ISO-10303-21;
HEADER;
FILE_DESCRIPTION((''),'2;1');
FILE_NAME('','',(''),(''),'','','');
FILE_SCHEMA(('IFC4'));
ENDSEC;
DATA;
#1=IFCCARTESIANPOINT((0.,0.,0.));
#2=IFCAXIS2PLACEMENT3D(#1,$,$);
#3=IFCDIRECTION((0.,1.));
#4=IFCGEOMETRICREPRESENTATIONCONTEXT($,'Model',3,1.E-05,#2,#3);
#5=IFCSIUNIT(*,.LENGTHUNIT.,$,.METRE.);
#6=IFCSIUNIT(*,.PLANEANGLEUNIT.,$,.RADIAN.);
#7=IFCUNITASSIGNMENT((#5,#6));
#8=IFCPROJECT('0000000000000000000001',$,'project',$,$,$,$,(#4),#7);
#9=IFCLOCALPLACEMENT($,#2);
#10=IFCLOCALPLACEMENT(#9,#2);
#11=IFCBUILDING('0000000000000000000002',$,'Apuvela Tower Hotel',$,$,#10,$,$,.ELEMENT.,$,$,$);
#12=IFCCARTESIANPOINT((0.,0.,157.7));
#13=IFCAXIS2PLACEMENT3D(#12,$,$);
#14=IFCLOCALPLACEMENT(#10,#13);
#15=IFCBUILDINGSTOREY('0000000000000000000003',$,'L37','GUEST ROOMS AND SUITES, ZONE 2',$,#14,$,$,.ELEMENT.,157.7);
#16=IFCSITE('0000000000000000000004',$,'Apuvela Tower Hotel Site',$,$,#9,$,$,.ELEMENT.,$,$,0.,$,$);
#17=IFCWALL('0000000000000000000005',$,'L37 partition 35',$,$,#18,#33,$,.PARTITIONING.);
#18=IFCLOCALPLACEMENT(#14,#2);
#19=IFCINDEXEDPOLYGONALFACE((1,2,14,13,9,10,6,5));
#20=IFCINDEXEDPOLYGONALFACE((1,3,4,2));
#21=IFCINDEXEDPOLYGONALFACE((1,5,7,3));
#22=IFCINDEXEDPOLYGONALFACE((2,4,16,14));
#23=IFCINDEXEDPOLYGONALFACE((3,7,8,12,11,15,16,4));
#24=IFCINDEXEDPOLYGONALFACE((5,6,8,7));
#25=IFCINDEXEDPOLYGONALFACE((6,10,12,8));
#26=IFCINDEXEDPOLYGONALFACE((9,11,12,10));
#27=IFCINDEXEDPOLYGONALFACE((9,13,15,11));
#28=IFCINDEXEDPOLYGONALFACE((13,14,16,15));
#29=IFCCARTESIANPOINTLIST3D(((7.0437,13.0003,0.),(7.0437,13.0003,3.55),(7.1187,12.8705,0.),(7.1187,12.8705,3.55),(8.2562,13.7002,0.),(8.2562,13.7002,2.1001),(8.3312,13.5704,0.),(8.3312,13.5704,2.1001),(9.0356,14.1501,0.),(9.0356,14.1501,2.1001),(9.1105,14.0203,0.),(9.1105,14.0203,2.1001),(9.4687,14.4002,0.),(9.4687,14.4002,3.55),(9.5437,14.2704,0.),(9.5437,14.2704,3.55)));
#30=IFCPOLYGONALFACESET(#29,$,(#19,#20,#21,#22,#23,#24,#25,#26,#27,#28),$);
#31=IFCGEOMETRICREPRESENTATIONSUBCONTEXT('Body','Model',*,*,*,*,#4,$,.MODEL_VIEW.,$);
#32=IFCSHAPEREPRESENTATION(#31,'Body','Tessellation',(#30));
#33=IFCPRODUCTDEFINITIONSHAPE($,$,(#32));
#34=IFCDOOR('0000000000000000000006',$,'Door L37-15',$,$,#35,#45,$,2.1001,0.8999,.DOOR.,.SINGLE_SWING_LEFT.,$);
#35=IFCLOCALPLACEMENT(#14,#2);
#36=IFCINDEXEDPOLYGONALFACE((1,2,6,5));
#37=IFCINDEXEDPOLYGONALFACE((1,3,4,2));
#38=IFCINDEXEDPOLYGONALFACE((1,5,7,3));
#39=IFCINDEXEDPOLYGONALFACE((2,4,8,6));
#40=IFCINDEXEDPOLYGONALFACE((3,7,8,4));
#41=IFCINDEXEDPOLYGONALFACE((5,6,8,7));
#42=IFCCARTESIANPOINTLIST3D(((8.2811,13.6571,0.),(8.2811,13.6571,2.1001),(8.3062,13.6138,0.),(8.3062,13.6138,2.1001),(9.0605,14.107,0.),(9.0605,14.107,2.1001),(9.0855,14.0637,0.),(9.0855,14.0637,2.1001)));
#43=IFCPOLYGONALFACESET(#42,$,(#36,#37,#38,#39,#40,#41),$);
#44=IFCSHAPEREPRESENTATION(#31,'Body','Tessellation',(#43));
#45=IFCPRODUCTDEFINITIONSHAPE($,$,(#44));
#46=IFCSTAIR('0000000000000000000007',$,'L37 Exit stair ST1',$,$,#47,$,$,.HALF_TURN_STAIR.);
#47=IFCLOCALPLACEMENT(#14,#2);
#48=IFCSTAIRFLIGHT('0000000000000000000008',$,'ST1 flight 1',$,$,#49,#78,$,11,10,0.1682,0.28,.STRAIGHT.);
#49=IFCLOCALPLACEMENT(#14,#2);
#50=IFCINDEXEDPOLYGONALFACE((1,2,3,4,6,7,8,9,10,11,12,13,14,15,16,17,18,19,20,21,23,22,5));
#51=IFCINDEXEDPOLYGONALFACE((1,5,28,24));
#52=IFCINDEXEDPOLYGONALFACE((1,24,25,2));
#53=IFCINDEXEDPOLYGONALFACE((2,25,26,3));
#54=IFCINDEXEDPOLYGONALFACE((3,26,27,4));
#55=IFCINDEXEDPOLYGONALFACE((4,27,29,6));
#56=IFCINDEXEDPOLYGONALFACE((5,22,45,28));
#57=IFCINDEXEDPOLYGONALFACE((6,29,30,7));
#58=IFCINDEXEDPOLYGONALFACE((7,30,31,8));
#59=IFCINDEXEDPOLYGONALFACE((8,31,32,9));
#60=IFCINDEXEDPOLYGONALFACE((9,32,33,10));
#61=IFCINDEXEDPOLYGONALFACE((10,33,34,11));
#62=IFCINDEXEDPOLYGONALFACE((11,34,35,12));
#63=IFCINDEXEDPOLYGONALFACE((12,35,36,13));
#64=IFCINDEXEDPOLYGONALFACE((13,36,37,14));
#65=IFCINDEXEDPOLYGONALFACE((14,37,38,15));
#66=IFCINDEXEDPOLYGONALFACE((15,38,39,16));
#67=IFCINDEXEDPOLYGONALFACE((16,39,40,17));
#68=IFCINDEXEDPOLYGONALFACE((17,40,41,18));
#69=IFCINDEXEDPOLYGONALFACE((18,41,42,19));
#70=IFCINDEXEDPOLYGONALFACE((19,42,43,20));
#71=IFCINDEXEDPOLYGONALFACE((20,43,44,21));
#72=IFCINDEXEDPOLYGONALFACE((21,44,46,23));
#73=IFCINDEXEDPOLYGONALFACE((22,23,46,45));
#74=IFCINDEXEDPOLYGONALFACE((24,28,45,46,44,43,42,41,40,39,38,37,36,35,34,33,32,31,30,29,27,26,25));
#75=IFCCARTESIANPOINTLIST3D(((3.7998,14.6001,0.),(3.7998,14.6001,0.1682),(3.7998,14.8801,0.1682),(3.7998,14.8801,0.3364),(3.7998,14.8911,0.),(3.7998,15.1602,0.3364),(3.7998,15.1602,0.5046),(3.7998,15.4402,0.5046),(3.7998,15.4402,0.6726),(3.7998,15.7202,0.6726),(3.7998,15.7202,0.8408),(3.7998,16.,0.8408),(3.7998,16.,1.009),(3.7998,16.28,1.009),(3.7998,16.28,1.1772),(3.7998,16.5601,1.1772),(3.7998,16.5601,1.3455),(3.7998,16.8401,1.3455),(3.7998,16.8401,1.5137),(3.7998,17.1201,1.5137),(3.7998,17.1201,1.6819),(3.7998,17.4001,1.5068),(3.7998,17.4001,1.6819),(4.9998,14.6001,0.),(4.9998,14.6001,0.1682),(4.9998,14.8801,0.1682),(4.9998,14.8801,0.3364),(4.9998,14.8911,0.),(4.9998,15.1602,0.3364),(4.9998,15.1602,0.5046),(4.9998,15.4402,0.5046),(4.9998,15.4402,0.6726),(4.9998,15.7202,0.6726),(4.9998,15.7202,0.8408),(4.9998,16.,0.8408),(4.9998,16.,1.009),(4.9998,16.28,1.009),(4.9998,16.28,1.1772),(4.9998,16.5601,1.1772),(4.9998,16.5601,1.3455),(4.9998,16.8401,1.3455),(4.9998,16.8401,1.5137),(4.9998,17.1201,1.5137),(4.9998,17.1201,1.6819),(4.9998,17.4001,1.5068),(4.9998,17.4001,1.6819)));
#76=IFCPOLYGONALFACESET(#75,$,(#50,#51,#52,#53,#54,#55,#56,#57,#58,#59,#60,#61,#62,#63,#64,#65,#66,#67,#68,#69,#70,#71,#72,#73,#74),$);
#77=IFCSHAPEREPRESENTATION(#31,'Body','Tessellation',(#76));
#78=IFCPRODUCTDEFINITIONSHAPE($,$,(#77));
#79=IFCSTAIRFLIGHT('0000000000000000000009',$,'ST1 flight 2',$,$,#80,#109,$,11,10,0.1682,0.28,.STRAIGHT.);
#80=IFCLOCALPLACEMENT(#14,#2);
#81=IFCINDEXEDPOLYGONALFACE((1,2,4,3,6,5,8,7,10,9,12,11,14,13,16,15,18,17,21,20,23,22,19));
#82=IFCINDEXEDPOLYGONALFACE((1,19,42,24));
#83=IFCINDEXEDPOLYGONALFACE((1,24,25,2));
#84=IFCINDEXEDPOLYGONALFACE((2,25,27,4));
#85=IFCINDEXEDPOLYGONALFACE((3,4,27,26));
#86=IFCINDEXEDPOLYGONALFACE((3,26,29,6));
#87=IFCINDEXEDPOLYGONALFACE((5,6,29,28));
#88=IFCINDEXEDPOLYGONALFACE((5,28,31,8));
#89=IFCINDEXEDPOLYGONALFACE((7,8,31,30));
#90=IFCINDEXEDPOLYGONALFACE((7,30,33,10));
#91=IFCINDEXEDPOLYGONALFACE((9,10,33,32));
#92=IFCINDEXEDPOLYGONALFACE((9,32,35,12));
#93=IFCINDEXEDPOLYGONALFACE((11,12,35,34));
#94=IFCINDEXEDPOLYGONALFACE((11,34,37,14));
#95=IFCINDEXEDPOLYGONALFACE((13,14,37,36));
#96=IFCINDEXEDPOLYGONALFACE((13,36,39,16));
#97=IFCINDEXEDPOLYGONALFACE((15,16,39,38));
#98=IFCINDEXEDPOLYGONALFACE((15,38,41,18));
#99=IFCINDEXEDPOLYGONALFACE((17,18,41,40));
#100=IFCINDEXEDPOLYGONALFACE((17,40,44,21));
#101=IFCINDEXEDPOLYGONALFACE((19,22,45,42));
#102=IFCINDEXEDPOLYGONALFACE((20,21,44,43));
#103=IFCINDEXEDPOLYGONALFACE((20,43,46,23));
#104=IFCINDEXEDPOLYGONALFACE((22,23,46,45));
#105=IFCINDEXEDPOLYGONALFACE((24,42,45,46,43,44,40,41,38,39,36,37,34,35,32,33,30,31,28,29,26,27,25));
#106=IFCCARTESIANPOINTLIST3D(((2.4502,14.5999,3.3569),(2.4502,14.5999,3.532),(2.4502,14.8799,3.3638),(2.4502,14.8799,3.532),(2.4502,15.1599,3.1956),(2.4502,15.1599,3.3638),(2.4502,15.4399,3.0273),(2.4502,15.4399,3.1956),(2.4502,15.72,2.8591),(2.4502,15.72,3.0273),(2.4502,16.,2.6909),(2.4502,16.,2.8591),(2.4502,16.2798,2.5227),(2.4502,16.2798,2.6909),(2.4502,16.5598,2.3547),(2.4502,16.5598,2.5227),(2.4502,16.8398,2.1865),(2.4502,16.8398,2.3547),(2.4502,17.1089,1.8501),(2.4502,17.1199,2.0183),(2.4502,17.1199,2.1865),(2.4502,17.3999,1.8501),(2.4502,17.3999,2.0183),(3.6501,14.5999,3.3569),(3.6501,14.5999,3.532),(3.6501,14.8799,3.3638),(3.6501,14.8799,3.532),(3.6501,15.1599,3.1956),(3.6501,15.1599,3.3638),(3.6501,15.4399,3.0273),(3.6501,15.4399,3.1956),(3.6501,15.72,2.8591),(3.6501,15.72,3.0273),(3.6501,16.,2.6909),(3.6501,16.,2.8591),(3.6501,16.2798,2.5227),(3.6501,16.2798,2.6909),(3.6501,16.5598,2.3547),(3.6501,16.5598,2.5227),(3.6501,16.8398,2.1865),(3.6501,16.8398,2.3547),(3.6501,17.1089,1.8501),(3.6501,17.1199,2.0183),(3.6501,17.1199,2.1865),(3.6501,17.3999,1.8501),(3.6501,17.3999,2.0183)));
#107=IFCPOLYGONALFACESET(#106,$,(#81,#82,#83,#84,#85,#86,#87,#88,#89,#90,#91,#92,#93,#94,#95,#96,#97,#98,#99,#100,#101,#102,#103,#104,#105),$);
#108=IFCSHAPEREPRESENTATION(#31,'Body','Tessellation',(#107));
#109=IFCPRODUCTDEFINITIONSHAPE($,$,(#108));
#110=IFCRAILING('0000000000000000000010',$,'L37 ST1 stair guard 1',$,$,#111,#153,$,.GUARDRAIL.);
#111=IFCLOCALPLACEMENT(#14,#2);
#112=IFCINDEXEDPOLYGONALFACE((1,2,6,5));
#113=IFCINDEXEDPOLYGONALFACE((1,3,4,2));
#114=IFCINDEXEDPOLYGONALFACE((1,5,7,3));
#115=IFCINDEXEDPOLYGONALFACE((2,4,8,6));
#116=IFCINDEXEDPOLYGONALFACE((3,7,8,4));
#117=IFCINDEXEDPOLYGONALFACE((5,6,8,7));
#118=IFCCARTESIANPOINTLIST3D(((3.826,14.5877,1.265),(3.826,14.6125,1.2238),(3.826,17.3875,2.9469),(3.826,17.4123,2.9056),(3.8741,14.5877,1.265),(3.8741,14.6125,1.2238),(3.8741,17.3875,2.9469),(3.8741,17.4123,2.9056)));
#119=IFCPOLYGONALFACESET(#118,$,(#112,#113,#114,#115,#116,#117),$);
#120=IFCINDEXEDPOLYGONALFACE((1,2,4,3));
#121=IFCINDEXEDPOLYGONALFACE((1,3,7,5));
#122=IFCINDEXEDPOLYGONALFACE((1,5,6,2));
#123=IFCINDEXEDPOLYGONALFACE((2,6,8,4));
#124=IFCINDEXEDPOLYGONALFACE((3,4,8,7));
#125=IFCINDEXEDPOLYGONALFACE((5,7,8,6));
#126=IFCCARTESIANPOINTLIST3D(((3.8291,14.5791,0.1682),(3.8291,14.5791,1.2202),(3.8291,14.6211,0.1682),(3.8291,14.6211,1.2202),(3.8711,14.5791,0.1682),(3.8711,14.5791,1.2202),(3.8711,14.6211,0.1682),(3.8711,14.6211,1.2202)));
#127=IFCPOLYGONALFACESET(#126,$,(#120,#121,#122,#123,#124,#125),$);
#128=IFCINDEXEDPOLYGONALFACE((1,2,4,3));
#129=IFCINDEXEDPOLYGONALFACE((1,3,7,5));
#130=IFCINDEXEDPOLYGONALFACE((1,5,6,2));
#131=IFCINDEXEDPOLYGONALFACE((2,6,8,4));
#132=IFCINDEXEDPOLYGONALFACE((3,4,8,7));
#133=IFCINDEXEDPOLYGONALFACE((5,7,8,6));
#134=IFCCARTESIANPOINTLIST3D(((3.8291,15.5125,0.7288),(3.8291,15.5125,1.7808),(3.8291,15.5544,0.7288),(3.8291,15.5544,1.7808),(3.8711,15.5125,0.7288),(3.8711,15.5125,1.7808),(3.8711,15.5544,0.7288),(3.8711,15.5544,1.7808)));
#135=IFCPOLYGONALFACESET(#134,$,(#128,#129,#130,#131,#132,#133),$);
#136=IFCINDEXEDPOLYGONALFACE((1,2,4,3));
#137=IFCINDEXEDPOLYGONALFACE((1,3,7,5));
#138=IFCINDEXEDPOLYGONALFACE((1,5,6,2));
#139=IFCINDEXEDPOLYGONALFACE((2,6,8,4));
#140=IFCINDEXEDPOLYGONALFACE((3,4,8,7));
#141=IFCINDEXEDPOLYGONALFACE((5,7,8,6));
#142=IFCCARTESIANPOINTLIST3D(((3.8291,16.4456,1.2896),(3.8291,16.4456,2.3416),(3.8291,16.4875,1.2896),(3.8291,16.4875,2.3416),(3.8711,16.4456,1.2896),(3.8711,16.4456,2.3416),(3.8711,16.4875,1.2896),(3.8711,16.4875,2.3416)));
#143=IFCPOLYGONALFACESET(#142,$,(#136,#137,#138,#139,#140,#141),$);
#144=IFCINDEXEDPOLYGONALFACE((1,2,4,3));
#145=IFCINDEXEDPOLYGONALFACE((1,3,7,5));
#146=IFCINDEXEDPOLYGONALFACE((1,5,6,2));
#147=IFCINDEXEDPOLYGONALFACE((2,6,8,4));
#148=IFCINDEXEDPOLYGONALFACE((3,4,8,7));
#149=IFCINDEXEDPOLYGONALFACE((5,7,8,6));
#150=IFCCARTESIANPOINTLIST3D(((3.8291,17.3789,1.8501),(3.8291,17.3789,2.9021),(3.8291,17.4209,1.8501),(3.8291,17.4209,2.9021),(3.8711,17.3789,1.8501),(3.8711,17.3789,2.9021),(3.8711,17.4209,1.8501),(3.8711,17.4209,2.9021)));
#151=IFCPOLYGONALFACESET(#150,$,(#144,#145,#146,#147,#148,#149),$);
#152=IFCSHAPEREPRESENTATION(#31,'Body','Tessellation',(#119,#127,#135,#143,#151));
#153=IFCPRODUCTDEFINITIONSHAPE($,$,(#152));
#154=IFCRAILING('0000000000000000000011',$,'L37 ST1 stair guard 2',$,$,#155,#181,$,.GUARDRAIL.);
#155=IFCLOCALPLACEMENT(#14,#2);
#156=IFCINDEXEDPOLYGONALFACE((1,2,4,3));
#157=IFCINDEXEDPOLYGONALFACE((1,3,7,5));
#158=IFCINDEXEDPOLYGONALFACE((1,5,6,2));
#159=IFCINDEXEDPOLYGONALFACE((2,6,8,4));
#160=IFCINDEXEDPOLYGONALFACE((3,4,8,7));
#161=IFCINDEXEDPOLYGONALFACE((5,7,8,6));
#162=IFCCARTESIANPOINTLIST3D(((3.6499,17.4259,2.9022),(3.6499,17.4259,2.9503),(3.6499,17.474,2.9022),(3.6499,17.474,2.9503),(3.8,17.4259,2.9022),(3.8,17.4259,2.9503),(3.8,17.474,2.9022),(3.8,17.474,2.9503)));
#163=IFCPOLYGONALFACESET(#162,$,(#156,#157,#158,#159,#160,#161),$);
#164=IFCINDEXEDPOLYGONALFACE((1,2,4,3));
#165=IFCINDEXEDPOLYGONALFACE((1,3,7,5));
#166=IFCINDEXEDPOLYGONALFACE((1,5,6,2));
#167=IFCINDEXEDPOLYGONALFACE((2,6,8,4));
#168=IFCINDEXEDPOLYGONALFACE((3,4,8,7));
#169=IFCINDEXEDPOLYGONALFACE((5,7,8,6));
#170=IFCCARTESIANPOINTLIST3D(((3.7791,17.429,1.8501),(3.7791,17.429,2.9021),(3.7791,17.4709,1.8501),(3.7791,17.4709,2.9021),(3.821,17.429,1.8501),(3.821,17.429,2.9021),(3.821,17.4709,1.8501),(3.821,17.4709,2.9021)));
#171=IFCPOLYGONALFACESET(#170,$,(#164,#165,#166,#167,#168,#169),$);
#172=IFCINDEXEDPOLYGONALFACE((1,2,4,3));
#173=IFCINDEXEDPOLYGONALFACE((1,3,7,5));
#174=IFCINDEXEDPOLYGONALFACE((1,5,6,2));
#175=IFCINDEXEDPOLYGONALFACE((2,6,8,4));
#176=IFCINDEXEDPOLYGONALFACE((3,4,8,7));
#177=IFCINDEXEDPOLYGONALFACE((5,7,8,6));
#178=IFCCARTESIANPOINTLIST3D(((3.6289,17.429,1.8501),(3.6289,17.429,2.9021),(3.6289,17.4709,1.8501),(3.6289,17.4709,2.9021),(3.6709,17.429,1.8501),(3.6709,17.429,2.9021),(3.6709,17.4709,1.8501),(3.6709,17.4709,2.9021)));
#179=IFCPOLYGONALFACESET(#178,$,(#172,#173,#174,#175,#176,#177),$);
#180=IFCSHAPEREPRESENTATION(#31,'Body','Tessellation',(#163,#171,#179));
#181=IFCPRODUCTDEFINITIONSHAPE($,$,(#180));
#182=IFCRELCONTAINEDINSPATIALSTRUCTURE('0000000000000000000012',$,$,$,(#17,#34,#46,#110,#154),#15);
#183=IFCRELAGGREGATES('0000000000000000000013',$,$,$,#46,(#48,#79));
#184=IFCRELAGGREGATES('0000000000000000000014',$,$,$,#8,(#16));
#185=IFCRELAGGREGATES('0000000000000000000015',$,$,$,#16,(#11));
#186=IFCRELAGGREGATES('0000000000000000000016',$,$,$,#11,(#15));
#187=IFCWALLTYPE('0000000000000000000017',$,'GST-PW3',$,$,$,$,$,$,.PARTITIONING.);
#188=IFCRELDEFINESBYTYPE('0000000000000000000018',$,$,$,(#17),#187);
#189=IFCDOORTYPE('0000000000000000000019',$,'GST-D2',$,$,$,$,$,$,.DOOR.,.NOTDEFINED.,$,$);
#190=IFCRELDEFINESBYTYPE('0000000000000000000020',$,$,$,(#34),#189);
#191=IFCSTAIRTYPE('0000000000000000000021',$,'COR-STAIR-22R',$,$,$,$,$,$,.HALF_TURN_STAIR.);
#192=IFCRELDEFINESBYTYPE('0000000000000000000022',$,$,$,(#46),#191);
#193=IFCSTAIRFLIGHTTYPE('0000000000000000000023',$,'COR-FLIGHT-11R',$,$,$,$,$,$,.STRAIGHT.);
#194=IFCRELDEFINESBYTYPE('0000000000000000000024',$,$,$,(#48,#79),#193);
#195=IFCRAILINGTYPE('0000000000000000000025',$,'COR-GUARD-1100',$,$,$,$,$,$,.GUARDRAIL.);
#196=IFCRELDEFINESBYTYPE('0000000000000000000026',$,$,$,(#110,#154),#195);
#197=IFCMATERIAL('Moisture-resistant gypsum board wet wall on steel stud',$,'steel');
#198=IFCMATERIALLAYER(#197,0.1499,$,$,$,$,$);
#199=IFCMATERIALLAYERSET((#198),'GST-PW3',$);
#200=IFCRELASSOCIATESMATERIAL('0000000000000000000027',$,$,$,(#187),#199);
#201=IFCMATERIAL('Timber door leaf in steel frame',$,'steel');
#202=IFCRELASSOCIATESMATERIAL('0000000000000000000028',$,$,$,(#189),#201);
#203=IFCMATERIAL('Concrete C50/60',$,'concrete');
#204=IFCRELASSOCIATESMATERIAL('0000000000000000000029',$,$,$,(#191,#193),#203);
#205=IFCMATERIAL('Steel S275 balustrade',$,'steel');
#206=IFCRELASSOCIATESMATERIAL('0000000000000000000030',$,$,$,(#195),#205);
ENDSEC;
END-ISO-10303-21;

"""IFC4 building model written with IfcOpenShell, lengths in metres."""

from ifc_helpers import new_model, si_unit, direction, frame, frame_2d, origin, origin_2d, place, context, subcontext, project, spatial, polyline, rectangle, outline, extrude, material, layer, layer_set, type_object, element, fill, aggregate, save


model = new_model("IFC4")

# Units and contexts
model_context = context("Model", 3, precision=1e-05, world=origin(), true_north=direction((0.0, 1.0)))
body_context = subcontext(model_context, "Body", "Model", "MODEL_VIEW")
ifc_project = project(units=[si_unit("LENGTHUNIT", "METRE"), si_unit("PLANEANGLEUNIT", "RADIAN")], contexts=[model_context])

# Site, building, storey
site_placement = place(None, origin())
site = spatial("IfcSite", under=ifc_project, at=site_placement, Name="Apuvela Tower Hotel Site", CompositionType="ELEMENT", RefElevation=0.0)
building_placement = place(site_placement, origin())
building = spatial("IfcBuilding", under=site, at=building_placement, Name="Apuvela Tower Hotel", CompositionType="ELEMENT")
storey_placement = place(building_placement, frame((0.0, 0.0, 157.7)))
storey = spatial("IfcBuildingStorey", under=building, at=storey_placement, Name="L37", Description="GUEST ROOMS AND SUITES, ZONE 2", CompositionType="ELEMENT", Elevation=157.7)

# Shared definitions
ifc_material_1 = material(Name="Concrete C50/60", Category="concrete")

# Wall, opening, door
ifc_material_2 = material(Name="Moisture-resistant gypsum board wet wall on steel stud", Category="steel")
ifc_layer_1 = layer(ifc_material_2, 0.1499)
ifc_layer_set_1 = layer_set([ifc_layer_1], Name="GST-PW3")
wall_type_1 = type_object("IfcWallType", Name="GST-PW3", PredefinedType="PARTITIONING", material=ifc_layer_set_1)
wall_1_placement = place(storey_placement, frame((9.5061, 14.3352, 0.0), z_axis=(0.0, 0.0, 1.0), x_axis=(-0.866056, -0.499946, 0.0)))
wall_1 = element("IfcWall", 1, at=wall_1_placement, inside=storey, type_object=wall_type_1, Name="L37 partition 35", PredefinedType="PARTITIONING", context=body_context, shape_type="SweptSolid", body=[
    extrude(rectangle(XDim=2.8, YDim=0.1499, at=frame_2d((1.3999, 0.0))), origin(), (0.0, 0.0, 1.0), 3.55),
])
opening_1_placement = place(wall_1_placement, frame((0.5, 0.0, 0.0)))
opening_1 = element("IfcOpeningElement", 2, at=opening_1_placement, cuts=wall_1, PredefinedType="OPENING", context=body_context, shape_type="SweptSolid", body=[
    extrude(rectangle(XDim=0.8999, YDim=2.1001, at=frame_2d((0.45, 1.05))), frame((0.0, 0.085, 0.0), z_axis=(0.0, -1.0, 0.0), x_axis=(1.0, 0.0, 0.0)), (0.0, 0.0, 1.0), 0.1699),
])
ifc_material_3 = material(Name="Timber door leaf in steel frame", Category="steel")
door_type_1 = type_object("IfcDoorType", Name="GST-D2", OperationType="NOTDEFINED", PredefinedType="DOOR", material=ifc_material_3)
door_1_placement = place(opening_1_placement, origin())
door_1 = element("IfcDoor", 3, at=door_1_placement, inside=storey, type_object=door_type_1, Name="Door L37-15", OperationType="SINGLE_SWING_LEFT", OverallHeight=2.1001, OverallWidth=0.8999, PredefinedType="DOOR", context=body_context, shape_type="SweptSolid", body=[
    extrude(rectangle(XDim=0.8999, YDim=2.1001, at=frame_2d((0.45, 1.05))), frame((0.0, 0.0249, 0.0), z_axis=(0.0, -1.0, 0.0), x_axis=(1.0, 0.0, 0.0)), (0.0, 0.0, 1.0), 0.05),
])
fill(opening_1, door_1)

# Stair, stair flights
stair_type = type_object("IfcStairType", Name="COR-STAIR-22R", PredefinedType="HALF_TURN_STAIR", material=ifc_material_1)
stair_placement = place(storey_placement, origin())
stair = element("IfcStair", 4, at=stair_placement, inside=storey, type_object=stair_type, Name="L37 Exit stair ST1", PredefinedType="HALF_TURN_STAIR")
stair_flight_type = type_object("IfcStairFlightType", Name="COR-FLIGHT-11R", PredefinedType="STRAIGHT", material=ifc_material_1)
stair_flight_1_placement = place(storey_placement, frame((4.3999, 14.6001, 0.0), z_axis=(0.0, 0.0, 1.0), x_axis=(0.0, 1.0, 0.0)))
stair_flight_1 = element("IfcStairFlight", 5, at=stair_flight_1_placement, type_object=stair_flight_type, Name="ST1 flight 1", NumberOfRisers=11, NumberOfTreads=10, PredefinedType="STRAIGHT", RiserHeight=0.1682, TreadLength=0.28, context=body_context, shape_type="SweptSolid", body=[
    extrude(outline(polyline([(0.0, 0.0), (0.0, 0.1682), (0.28, 0.1682), (0.28, 0.3364), (0.5601, 0.3364), (0.5601, 0.5046), (0.8401, 0.5046), (0.8401, 0.6726), (1.1201, 0.6726), (1.1201, 0.8408), (1.3999, 0.8408), (1.3999, 1.009), (1.6799, 1.009), (1.6799, 1.1772), (1.96, 1.1772), (1.96, 1.3455), (2.24, 1.3455), (2.24, 1.5137), (2.52, 1.5137), (2.52, 1.6819), (2.8, 1.6819), (2.8, 1.8501), (2.8, 1.5068), (0.291, 0.0), (0.0, 0.0)])), frame((0.0, 0.6001, 0.0), z_axis=(0.0, -1.0, 0.0), x_axis=(1.0, 0.0, 0.0)), (0.0, 0.0, 1.0), 1.2),
])
stair_flight_2_placement = place(storey_placement, frame((3.05, 17.3999, 1.8501), z_axis=(0.0, 0.0, 1.0), x_axis=(0.0, -1.0, 0.0)))
stair_flight_2 = element("IfcStairFlight", 6, at=stair_flight_2_placement, type_object=stair_flight_type, Name="ST1 flight 2", NumberOfRisers=11, NumberOfTreads=10, PredefinedType="STRAIGHT", RiserHeight=0.1682, TreadLength=0.28, context=body_context, shape_type="SweptSolid", body=[
    extrude(outline(polyline([(0.0, 0.0), (0.0, 0.1682), (0.28, 0.1682), (0.28, 0.3364), (0.5601, 0.3364), (0.5601, 0.5046), (0.8401, 0.5046), (0.8401, 0.6726), (1.1201, 0.6726), (1.1201, 0.8408), (1.3999, 0.8408), (1.3999, 1.009), (1.6799, 1.009), (1.6799, 1.1772), (1.96, 1.1772), (1.96, 1.3455), (2.24, 1.3455), (2.24, 1.5137), (2.52, 1.5137), (2.52, 1.6819), (2.8, 1.6819), (2.8, 1.8501), (2.8, 1.5068), (0.291, 0.0), (0.0, 0.0)])), frame((0.0, 0.6001, 0.0), z_axis=(0.0, -1.0, 0.0), x_axis=(1.0, 0.0, 0.0)), (0.0, 0.0, 1.0), 1.2),
])
aggregate(stair, [stair_flight_1, stair_flight_2])

# Railings
ifc_material_4 = material(Name="Steel S275 balustrade", Category="steel")
railing_type_1 = type_object("IfcRailingType", Name="COR-GUARD-1100", PredefinedType="GUARDRAIL", material=ifc_material_4)
railing_1_placement = place(storey_placement, frame((3.8501, 14.6001, 0.1682)))
element("IfcRailing", 7, at=railing_1_placement, inside=storey, type_object=railing_type_1, Name="L37 ST1 stair guard 1", PredefinedType="GUARDRAIL", context=body_context, shape_type="SweptSolid", body=[
    extrude(rectangle(XDim=0.0481, YDim=0.0481, at=origin_2d()), frame((0.0, 0.0, 1.0762), z_axis=(0.0, 0.857222, 0.514946), x_axis=(-1.0, 0.0, 0.0)), (0.0, 0.0, 1.0), 3.2661),
    extrude(rectangle(XDim=0.042, YDim=0.042, at=origin_2d()), origin(), (0.0, 0.0, 1.0), 1.052),
    extrude(rectangle(XDim=0.042, YDim=0.042, at=origin_2d()), frame((0.0, 0.9333, 0.5605)), (0.0, 0.0, 1.0), 1.052),
    extrude(rectangle(XDim=0.042, YDim=0.042, at=origin_2d()), frame((0.0, 1.8665, 1.1213)), (0.0, 0.0, 1.0), 1.052),
    extrude(rectangle(XDim=0.042, YDim=0.042, at=origin_2d()), frame((0.0, 2.7998, 1.6819)), (0.0, 0.0, 1.0), 1.052),
])
railing_2_placement = place(storey_placement, frame((3.8, 17.45, 1.8501)))
element("IfcRailing", 8, at=railing_2_placement, inside=storey, type_object=railing_type_1, Name="L37 ST1 stair guard 2", PredefinedType="GUARDRAIL", context=body_context, shape_type="SweptSolid", body=[
    extrude(rectangle(XDim=0.0481, YDim=0.0481, at=origin_2d()), frame((0.0, 0.0, 1.0762), z_axis=(-1.0, 0.0, 0.0), x_axis=(0.0, -1.0, 0.0)), (0.0, 0.0, 1.0), 0.1501),
    extrude(rectangle(XDim=0.042, YDim=0.042, at=origin_2d()), origin(), (0.0, 0.0, 1.0), 1.052),
    extrude(rectangle(XDim=0.042, YDim=0.042, at=origin_2d()), frame((-0.1501, 0.0, 0.0)), (0.0, 0.0, 1.0), 1.052),
])

save(model, "model.ifc")
